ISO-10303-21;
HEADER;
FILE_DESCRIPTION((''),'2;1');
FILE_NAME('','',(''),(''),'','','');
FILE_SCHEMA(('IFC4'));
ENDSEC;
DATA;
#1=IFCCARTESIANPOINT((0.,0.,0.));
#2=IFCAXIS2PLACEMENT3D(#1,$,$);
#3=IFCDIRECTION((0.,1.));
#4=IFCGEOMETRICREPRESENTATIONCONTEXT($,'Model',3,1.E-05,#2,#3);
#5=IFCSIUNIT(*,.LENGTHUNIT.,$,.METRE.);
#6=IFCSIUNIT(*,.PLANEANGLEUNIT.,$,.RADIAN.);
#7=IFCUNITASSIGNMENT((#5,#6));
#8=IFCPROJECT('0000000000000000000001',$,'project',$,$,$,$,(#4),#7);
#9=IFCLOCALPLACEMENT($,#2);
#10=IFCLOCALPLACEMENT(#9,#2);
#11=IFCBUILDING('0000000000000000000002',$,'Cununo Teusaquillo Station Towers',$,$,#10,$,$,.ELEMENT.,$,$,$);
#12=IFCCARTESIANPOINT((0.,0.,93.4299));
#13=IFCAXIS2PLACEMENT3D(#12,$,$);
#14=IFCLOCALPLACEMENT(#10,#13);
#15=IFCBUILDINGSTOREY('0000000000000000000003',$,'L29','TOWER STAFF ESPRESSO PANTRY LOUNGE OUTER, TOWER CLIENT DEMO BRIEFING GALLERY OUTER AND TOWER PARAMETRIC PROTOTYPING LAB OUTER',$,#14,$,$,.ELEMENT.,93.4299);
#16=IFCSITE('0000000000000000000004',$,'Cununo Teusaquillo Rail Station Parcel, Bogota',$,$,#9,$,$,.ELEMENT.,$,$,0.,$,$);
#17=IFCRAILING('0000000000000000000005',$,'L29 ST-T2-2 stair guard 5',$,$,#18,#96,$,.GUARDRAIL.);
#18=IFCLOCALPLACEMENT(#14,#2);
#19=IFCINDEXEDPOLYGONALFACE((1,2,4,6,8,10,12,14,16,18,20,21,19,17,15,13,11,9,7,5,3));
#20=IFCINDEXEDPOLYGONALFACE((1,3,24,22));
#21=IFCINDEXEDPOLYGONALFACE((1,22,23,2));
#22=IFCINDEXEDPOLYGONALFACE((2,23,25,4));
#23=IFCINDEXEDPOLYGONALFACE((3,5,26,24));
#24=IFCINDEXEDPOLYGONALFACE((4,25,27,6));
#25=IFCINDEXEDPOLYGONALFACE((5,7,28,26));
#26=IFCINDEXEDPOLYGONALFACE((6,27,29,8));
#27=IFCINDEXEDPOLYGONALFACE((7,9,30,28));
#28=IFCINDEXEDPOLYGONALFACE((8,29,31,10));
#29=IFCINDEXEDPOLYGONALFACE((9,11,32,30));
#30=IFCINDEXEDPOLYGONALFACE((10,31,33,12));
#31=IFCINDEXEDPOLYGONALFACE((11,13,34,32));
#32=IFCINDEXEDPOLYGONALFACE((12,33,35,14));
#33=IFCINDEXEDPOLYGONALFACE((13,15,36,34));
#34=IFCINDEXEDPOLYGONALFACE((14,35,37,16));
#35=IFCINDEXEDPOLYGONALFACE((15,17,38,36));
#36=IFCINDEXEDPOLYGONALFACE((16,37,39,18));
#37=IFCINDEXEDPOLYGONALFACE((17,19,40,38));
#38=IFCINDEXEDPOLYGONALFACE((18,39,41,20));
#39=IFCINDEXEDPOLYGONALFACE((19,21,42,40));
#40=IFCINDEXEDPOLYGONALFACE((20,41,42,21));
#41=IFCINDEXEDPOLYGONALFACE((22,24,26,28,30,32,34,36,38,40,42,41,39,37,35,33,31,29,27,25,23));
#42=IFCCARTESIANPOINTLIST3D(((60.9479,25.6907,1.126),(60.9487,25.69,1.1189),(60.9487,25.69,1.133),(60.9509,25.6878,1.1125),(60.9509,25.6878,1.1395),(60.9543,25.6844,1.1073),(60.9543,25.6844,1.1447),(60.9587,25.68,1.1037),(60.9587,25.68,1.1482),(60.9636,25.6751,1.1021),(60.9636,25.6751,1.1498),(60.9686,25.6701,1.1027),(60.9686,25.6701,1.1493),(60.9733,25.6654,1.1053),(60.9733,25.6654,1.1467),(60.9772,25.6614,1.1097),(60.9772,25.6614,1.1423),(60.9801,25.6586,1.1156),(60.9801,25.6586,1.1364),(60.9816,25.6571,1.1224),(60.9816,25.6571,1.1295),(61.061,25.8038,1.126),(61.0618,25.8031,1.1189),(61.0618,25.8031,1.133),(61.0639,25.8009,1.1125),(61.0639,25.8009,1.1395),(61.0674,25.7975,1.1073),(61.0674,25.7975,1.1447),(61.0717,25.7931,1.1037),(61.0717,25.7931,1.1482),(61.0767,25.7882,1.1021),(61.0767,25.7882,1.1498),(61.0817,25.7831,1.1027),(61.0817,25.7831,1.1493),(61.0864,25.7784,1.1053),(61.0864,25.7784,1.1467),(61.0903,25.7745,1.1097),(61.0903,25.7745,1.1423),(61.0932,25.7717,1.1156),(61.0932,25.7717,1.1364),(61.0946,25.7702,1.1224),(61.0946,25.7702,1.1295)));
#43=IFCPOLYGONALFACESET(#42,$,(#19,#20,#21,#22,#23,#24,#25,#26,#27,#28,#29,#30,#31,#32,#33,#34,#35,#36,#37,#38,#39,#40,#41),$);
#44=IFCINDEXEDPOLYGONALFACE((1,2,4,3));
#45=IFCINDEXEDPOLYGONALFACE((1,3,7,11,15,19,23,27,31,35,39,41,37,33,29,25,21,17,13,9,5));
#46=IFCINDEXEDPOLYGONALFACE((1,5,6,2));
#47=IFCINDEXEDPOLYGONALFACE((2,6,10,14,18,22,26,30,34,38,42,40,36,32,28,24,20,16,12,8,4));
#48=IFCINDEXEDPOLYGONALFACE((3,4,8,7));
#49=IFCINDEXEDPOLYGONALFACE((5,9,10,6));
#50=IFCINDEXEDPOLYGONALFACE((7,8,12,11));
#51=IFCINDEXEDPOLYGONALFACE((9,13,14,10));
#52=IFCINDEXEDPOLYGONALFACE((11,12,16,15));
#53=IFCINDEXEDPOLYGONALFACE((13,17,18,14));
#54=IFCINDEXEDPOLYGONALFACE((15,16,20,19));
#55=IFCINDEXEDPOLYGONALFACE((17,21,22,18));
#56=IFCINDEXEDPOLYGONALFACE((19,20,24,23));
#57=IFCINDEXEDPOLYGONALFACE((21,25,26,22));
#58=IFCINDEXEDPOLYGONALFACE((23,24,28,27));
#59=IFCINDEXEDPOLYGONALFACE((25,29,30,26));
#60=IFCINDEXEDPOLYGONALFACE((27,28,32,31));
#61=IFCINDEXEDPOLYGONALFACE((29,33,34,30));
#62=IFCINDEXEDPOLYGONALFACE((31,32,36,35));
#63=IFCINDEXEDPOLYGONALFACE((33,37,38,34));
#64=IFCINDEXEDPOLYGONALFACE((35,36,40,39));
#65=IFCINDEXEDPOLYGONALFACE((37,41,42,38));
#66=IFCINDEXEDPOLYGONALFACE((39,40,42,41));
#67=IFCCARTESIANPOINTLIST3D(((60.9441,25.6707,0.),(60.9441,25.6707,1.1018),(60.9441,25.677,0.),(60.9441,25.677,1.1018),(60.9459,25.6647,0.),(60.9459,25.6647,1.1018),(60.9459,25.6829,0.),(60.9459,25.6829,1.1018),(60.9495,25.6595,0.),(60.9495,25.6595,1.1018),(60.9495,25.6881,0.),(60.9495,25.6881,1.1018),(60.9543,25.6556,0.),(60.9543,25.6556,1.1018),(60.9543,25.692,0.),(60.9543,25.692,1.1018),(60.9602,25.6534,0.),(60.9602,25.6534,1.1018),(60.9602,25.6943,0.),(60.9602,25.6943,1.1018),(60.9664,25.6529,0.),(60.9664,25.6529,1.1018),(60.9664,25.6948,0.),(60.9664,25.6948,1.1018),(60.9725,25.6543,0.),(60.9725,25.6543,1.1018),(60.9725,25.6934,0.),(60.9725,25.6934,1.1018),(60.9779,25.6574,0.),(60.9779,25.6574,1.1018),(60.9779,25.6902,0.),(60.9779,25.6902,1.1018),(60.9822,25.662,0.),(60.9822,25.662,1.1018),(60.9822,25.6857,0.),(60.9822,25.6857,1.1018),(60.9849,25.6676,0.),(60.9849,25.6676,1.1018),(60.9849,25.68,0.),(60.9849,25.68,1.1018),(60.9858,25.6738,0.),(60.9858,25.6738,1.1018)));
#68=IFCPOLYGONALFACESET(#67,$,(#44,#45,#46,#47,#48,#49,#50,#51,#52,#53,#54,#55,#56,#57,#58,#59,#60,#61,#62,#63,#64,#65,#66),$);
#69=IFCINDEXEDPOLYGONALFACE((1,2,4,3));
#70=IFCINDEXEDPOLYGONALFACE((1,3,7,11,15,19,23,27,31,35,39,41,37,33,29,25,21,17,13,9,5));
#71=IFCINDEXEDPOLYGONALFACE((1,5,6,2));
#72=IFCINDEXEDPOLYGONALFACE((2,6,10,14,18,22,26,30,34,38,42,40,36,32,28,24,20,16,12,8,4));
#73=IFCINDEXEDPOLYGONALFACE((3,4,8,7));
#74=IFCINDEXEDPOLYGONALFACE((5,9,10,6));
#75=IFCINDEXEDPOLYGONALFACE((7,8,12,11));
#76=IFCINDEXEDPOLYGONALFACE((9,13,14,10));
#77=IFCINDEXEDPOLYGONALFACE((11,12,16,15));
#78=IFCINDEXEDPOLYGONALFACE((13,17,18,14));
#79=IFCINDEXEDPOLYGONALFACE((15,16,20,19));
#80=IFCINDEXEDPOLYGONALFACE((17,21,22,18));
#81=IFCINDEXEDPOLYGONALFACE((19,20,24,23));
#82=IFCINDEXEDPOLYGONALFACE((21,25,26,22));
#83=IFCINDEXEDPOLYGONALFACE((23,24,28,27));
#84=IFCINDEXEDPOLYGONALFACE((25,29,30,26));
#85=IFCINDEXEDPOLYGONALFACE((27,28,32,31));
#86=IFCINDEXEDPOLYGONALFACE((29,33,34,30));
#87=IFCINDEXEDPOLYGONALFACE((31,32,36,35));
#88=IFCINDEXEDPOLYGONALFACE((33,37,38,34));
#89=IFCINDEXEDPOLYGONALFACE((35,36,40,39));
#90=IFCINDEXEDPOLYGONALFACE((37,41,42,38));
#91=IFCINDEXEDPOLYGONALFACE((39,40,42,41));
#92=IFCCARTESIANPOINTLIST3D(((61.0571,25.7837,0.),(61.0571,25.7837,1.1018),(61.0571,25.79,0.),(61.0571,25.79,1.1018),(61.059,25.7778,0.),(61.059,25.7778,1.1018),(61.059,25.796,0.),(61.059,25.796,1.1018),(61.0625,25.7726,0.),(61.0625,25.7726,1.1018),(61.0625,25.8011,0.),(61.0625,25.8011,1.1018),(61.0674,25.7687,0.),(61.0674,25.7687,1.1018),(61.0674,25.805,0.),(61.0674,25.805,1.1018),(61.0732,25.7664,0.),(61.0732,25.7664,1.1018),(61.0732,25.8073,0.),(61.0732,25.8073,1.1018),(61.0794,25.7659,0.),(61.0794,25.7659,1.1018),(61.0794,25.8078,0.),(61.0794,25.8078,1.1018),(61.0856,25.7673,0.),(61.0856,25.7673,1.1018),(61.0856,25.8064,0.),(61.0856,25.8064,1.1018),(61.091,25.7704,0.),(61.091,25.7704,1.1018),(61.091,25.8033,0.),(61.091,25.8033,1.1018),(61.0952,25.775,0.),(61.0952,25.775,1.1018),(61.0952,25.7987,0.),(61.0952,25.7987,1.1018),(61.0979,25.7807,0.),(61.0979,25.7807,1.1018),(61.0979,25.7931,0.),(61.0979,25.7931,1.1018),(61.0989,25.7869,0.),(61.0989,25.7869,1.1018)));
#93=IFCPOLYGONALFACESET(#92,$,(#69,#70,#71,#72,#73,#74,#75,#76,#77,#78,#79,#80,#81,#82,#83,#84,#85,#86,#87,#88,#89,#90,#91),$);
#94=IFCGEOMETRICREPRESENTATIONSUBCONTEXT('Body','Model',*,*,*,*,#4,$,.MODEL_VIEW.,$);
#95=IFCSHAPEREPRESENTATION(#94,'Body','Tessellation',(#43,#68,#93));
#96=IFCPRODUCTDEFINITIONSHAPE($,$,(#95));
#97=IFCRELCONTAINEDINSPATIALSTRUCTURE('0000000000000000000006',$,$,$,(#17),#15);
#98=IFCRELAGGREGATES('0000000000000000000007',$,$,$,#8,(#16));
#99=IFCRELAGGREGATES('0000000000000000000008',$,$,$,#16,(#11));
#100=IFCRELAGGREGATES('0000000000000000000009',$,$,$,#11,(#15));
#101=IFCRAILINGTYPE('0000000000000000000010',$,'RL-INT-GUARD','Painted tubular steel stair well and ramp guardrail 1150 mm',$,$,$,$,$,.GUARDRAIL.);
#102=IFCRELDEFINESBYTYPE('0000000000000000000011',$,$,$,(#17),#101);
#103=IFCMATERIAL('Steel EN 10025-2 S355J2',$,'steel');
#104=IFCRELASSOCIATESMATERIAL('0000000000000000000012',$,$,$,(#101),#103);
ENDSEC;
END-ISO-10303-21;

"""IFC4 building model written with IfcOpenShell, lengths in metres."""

from ifc_helpers import new_model, si_unit, direction, frame, origin, origin_2d, place, context, subcontext, project, spatial, circle, extrude, material, type_object, element, save


model = new_model("IFC4")

# Units and contexts
model_context = context("Model", 3, precision=1e-05, world=origin(), true_north=direction((0.0, 1.0)))
body_context = subcontext(model_context, "Body", "Model", "MODEL_VIEW")
ifc_project = project(units=[si_unit("LENGTHUNIT", "METRE"), si_unit("PLANEANGLEUNIT", "RADIAN")], contexts=[model_context])

# Site, building, storey
site_placement = place(None, origin())
site = spatial("IfcSite", under=ifc_project, at=site_placement, Name="Cununo Teusaquillo Rail Station Parcel, Bogota", CompositionType="ELEMENT", RefElevation=0.0)
building_placement = place(site_placement, origin())
building = spatial("IfcBuilding", under=site, at=building_placement, Name="Cununo Teusaquillo Station Towers", CompositionType="ELEMENT")
storey_placement = place(building_placement, frame((0.0, 0.0, 93.4299)))
storey = spatial("IfcBuildingStorey", under=building, at=storey_placement, Name="L29", Description="TOWER STAFF ESPRESSO PANTRY LOUNGE OUTER, TOWER CLIENT DEMO BRIEFING GALLERY OUTER AND TOWER PARAMETRIC PROTOTYPING LAB OUTER", CompositionType="ELEMENT", Elevation=93.4299)

# Railing
ifc_material_1 = material(Name="Steel EN 10025-2 S355J2", Category="steel")
railing_type_1 = type_object("IfcRailingType", Name="RL-INT-GUARD", Description="Painted tubular steel stair well and ramp guardrail 1150 mm", PredefinedType="GUARDRAIL", material=ifc_material_1)
railing_1_placement = place(storey_placement, frame((60.9648, 25.6738, 0.0)))
element("IfcRailing", 1, at=railing_1_placement, inside=storey, type_object=railing_type_1, Name="L29 ST-T2-2 stair guard 5", PredefinedType="GUARDRAIL", context=body_context, shape_type="SweptSolid", body=[
    extrude(circle(Radius=0.0239, at=origin_2d()), frame((0.0, 0.0, 1.126), z_axis=(0.707107, 0.707107, 0.0), x_axis=(-0.707107, 0.707107, 0.0)), (0.0, 0.0, 1.0), 0.1599),
    extrude(circle(Radius=0.021, at=origin_2d()), origin(), (0.0, 0.0, 1.0), 1.1018),
    extrude(circle(Radius=0.021, at=origin_2d()), frame((0.113, 0.113, 0.0)), (0.0, 0.0, 1.0), 1.1018),
])

save(model, "model.ifc")
